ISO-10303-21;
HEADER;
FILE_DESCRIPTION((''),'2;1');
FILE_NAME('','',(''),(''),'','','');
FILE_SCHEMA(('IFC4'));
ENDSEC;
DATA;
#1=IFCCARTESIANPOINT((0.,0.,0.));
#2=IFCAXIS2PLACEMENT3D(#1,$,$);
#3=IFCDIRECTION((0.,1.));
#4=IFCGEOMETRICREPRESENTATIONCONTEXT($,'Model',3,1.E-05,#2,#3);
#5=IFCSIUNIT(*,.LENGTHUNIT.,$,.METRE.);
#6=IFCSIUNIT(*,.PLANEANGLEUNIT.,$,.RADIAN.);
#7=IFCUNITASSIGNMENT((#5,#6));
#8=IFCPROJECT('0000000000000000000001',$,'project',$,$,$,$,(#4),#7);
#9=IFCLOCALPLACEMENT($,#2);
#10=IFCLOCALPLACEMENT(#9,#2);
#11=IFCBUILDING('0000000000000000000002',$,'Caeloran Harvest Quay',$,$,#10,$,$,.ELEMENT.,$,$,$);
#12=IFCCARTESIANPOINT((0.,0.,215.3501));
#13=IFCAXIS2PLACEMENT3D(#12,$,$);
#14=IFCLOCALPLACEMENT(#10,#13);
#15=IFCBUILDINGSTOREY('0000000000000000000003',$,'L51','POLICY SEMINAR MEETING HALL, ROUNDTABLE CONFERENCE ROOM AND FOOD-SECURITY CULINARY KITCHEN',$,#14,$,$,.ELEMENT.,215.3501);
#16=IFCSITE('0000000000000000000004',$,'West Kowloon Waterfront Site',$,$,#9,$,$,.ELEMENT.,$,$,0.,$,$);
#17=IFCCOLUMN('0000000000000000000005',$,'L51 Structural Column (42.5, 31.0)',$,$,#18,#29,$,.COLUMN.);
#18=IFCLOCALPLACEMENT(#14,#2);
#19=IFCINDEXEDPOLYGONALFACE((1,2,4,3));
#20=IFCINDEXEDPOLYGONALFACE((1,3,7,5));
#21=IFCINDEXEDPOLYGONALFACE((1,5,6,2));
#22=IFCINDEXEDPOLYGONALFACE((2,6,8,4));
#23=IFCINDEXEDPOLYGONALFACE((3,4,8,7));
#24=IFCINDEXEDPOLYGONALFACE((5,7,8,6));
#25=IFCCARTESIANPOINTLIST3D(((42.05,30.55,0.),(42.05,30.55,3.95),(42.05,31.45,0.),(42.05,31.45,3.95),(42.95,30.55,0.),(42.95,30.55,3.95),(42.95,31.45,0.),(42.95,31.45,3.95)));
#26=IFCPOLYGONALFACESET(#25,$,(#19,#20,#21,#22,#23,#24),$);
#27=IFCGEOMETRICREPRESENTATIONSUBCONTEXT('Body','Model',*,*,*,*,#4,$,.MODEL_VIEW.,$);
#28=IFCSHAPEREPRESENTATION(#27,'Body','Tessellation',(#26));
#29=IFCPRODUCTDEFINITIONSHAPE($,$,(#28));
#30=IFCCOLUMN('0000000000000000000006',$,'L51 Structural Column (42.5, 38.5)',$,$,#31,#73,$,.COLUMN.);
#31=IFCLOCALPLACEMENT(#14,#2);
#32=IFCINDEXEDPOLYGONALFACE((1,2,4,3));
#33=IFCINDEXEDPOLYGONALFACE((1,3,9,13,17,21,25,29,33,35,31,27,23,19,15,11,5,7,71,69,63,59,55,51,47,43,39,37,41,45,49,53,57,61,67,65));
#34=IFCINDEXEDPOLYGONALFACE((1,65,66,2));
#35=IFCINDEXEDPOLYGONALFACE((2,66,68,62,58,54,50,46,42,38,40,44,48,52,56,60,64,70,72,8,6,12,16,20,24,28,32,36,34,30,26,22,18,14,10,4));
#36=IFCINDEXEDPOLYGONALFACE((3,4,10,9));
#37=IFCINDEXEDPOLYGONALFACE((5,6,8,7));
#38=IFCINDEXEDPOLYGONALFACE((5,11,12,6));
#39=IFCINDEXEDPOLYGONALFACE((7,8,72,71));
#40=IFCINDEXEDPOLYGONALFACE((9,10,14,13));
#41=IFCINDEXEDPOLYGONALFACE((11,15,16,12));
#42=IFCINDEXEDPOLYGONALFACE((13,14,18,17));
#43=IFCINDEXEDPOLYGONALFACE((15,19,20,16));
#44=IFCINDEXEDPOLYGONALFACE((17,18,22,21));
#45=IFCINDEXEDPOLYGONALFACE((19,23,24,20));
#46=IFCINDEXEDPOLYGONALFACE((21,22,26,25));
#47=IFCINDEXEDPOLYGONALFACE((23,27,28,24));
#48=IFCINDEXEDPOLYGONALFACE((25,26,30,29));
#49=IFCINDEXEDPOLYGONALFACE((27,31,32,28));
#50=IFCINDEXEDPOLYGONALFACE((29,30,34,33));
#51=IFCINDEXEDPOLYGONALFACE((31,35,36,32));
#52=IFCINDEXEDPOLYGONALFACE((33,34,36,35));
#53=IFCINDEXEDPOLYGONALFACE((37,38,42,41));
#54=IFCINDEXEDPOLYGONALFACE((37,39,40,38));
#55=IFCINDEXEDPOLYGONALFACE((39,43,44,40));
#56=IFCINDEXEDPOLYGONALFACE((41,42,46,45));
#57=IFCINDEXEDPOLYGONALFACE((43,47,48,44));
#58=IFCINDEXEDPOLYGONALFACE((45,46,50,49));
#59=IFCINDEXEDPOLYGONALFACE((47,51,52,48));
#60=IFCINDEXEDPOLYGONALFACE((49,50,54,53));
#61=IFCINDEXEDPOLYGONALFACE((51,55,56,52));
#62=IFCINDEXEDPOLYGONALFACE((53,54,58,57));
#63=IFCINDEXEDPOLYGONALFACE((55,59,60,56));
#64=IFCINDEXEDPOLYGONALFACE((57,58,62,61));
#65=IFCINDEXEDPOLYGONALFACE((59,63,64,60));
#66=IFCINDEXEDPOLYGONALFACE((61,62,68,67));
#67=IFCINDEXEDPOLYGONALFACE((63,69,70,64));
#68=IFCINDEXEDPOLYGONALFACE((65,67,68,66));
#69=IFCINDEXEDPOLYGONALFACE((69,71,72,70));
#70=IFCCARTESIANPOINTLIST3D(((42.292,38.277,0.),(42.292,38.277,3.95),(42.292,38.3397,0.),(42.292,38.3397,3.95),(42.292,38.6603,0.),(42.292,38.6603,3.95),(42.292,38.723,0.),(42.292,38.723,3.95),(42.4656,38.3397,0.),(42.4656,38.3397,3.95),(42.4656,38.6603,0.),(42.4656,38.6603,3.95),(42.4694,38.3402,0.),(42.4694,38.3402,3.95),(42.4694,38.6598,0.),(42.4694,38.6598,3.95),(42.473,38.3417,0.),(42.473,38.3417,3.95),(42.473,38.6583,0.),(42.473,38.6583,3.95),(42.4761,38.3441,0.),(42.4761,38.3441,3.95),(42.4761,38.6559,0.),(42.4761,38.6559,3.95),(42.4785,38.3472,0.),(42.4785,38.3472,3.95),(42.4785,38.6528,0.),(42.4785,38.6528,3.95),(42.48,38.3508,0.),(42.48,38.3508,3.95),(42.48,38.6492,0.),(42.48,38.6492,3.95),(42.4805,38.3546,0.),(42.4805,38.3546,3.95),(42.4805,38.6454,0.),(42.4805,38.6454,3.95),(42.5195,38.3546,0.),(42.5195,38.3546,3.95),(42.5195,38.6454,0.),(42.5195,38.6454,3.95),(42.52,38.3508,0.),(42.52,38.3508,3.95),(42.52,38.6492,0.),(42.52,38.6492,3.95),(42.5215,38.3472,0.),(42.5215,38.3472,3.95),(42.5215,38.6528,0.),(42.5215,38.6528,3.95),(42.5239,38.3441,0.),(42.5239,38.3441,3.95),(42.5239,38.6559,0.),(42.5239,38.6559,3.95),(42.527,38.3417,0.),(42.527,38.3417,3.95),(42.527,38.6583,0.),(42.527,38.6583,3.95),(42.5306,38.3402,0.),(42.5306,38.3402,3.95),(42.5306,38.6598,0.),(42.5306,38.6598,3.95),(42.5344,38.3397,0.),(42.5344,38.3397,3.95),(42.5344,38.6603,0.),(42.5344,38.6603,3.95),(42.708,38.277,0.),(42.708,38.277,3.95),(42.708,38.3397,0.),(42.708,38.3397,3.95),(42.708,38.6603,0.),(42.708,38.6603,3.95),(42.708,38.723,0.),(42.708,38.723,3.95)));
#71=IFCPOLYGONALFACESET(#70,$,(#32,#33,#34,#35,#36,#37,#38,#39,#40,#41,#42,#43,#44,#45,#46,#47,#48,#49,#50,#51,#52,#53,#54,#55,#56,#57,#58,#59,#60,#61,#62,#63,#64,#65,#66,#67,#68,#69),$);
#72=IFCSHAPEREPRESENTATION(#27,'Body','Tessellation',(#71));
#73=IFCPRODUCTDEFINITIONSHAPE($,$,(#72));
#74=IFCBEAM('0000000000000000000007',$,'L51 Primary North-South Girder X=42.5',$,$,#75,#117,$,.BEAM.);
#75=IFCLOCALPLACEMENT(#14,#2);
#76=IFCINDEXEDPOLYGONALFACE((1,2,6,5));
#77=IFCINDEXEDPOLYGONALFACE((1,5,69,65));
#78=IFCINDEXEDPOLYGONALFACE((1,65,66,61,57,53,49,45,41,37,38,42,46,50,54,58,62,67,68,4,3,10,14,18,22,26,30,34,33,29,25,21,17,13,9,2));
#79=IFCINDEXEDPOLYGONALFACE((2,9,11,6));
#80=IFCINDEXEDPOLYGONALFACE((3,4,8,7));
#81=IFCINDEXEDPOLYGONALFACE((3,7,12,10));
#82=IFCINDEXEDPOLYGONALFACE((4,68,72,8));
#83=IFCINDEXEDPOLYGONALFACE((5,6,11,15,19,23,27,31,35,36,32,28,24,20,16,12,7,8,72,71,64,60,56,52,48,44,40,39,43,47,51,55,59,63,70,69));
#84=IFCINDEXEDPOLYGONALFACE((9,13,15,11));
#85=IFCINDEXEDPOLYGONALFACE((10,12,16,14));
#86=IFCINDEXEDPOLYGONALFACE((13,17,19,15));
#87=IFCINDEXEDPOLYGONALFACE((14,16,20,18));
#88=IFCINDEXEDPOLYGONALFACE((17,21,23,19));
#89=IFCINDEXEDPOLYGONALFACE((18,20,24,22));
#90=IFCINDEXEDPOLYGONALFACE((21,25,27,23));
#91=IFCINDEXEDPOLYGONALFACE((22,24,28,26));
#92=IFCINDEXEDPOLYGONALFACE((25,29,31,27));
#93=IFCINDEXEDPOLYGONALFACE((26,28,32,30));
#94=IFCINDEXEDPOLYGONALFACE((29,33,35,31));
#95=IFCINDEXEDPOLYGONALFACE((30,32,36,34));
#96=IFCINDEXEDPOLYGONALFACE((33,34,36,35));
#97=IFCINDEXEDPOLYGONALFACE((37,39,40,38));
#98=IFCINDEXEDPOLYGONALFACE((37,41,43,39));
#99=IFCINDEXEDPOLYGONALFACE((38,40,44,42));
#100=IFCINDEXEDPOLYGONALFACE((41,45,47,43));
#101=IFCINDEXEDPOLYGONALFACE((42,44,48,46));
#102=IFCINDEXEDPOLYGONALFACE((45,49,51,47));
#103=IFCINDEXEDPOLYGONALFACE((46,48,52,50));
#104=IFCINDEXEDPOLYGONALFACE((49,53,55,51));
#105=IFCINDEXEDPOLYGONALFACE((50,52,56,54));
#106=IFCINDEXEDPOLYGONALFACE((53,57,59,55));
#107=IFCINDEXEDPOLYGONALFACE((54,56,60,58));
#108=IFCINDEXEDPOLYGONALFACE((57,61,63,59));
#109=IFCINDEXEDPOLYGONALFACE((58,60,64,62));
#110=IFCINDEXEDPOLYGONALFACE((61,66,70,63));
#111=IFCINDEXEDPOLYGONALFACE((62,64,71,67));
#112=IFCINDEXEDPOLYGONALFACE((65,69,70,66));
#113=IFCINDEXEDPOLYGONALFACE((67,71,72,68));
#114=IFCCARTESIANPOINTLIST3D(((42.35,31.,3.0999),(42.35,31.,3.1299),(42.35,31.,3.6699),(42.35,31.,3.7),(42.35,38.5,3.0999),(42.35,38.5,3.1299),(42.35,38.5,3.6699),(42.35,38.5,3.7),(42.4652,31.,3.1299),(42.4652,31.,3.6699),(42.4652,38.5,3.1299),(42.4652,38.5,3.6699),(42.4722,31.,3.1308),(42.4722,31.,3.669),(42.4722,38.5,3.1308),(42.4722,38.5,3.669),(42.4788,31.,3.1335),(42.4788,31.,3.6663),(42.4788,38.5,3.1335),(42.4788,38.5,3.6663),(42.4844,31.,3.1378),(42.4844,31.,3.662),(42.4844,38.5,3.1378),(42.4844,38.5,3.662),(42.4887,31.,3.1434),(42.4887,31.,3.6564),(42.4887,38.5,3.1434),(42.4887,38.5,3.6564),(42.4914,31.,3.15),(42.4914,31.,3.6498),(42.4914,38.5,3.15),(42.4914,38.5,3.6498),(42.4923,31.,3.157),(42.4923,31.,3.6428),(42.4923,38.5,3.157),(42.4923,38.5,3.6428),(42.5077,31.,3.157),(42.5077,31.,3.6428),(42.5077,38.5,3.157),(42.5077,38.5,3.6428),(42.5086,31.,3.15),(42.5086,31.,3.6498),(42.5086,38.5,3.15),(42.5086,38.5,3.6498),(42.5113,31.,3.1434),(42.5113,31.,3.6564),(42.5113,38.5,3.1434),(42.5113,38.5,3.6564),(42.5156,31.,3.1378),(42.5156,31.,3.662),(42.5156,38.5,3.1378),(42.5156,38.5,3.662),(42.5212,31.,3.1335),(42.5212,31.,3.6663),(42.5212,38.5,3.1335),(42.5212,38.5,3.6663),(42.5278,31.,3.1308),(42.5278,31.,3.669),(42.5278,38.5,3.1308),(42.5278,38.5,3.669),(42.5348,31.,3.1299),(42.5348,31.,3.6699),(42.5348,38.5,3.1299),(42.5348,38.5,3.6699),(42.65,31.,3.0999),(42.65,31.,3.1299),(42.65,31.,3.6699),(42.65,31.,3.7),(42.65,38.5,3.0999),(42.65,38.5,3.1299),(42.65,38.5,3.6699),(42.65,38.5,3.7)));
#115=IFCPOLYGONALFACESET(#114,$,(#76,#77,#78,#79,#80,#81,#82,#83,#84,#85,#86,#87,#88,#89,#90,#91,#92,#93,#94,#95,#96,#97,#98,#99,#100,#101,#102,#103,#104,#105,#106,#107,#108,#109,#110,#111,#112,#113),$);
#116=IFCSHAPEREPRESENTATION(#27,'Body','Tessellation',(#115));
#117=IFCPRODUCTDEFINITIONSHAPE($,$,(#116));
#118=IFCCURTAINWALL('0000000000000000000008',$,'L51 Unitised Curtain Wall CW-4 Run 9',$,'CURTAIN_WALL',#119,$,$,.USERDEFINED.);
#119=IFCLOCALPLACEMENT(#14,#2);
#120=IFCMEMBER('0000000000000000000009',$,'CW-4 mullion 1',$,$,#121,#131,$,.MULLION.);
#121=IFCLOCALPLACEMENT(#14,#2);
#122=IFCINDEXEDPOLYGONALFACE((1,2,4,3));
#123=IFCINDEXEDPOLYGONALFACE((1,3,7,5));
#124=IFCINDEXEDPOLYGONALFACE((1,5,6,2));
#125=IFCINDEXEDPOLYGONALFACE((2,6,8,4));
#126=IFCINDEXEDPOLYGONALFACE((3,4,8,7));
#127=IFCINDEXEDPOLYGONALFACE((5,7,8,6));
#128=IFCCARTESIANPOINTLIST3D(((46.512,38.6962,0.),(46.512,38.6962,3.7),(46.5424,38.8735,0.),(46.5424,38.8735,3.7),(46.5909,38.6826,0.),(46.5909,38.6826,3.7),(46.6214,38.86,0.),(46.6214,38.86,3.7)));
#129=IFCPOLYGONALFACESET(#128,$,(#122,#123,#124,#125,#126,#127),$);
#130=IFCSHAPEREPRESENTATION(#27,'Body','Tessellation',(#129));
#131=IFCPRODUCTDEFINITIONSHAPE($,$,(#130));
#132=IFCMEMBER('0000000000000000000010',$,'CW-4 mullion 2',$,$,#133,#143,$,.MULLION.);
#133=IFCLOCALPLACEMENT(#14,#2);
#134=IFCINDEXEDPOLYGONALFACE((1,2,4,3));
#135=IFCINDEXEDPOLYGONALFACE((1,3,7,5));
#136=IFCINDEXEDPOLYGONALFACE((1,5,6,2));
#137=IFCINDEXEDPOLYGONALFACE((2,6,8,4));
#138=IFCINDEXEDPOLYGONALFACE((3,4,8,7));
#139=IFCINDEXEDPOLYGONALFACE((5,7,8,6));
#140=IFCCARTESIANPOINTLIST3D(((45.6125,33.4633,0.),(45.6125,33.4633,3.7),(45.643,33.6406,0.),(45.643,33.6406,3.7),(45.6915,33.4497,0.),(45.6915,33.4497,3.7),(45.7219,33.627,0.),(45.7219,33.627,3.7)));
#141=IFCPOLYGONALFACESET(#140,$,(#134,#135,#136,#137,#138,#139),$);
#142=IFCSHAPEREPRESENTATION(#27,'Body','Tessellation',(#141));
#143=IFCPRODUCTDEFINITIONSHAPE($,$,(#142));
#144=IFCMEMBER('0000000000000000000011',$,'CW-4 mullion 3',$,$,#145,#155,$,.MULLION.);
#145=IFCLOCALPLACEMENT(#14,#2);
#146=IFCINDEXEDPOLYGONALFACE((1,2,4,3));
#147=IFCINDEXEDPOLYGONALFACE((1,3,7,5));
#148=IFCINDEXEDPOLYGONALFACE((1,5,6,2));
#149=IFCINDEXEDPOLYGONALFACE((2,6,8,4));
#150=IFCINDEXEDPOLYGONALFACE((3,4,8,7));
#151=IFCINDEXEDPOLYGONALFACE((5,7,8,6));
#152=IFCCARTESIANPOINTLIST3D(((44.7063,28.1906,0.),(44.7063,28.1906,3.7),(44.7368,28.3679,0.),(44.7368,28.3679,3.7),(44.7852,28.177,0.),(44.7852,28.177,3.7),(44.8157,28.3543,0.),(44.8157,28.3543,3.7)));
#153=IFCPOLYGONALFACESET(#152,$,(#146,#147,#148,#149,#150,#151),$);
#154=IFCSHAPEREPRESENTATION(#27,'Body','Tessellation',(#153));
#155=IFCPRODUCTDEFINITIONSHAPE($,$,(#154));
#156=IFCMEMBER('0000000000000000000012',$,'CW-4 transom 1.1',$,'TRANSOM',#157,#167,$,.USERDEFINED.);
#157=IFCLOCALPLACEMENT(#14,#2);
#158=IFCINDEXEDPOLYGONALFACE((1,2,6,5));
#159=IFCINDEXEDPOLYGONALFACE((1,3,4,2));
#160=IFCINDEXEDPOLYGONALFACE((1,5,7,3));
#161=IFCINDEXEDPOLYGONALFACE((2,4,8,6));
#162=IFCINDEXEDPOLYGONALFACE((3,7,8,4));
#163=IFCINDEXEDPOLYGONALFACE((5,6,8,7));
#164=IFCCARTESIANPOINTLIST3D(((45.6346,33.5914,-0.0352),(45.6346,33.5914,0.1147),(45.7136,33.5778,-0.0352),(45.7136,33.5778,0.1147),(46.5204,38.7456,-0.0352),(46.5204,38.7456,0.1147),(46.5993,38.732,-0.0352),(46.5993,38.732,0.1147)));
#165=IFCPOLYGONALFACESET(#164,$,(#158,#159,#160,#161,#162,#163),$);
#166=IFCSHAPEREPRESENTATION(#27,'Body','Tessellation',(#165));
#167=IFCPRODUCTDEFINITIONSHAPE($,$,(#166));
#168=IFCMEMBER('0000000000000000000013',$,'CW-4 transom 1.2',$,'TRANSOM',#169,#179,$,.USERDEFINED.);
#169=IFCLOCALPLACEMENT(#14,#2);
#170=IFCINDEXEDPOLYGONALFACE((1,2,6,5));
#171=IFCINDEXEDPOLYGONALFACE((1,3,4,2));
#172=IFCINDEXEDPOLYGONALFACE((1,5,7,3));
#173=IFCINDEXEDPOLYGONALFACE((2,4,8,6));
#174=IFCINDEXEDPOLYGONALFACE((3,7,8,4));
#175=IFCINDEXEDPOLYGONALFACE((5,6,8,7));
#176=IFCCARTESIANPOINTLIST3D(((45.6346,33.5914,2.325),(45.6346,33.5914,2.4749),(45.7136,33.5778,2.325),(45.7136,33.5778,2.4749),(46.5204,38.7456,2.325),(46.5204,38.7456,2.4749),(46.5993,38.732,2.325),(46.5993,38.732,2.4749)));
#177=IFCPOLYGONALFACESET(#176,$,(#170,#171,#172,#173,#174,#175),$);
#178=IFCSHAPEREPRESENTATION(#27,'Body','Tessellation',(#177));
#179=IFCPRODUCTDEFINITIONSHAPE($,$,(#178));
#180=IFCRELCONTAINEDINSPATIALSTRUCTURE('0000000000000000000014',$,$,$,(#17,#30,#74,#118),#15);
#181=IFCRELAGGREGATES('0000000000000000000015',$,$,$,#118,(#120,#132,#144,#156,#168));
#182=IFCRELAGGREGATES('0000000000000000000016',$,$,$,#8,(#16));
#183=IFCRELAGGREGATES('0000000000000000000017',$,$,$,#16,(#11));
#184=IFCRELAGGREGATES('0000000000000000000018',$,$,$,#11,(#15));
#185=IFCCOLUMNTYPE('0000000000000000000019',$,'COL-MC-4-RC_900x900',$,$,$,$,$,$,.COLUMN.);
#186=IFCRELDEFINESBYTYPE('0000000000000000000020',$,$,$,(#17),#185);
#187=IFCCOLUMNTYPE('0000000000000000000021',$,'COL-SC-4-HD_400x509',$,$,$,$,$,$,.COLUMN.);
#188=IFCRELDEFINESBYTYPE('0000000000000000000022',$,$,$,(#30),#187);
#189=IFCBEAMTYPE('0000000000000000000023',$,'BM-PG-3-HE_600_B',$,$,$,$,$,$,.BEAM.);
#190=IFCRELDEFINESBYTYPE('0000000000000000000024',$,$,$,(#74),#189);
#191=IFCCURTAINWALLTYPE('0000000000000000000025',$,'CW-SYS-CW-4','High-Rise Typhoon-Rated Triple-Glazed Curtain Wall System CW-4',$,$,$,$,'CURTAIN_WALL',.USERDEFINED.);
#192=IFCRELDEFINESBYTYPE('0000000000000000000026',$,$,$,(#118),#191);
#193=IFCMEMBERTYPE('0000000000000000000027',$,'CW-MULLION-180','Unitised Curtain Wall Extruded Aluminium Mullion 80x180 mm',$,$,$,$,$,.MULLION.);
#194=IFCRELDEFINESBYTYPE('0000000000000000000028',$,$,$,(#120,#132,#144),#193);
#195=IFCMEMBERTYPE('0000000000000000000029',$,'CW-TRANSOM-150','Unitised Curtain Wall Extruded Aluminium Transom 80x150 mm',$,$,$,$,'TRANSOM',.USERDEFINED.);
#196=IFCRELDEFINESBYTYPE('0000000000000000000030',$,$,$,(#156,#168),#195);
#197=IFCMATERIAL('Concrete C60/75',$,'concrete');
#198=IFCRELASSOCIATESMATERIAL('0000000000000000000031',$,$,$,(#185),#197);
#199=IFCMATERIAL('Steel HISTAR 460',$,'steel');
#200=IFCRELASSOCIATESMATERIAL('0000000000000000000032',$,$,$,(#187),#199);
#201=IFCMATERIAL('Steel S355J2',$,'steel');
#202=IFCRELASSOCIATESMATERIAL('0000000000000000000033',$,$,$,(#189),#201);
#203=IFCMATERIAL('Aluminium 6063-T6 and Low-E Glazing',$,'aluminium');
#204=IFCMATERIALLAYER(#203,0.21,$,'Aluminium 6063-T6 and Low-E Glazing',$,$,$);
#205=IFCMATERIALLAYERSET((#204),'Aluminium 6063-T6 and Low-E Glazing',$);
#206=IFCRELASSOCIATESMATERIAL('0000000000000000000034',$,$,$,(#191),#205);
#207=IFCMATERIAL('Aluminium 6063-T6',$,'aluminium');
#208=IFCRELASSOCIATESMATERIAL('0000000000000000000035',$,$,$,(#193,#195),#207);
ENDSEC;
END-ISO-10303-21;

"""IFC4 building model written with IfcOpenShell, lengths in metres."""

from ifc_helpers import new_model, si_unit, direction, frame, origin, origin_2d, place, context, subcontext, project, spatial, rectangle, i_section, extrude, material, layer, layer_set, material_profile, profile_set, type_object, element, aggregate, save


model = new_model("IFC4")

# Units and contexts
model_context = context("Model", 3, precision=1e-05, world=origin(), true_north=direction((0.0, 1.0)))
body_context = subcontext(model_context, "Body", "Model", "MODEL_VIEW")
ifc_project = project(units=[si_unit("LENGTHUNIT", "METRE"), si_unit("PLANEANGLEUNIT", "RADIAN")], contexts=[model_context])

# Site, building, storey
site_placement = place(None, origin())
site = spatial("IfcSite", under=ifc_project, at=site_placement, Name="West Kowloon Waterfront Site", CompositionType="ELEMENT", RefElevation=0.0)
building_placement = place(site_placement, origin())
building = spatial("IfcBuilding", under=site, at=building_placement, Name="Caeloran Harvest Quay", CompositionType="ELEMENT")
storey_placement = place(building_placement, frame((0.0, 0.0, 215.3501)))
storey = spatial("IfcBuildingStorey", under=building, at=storey_placement, Name="L51", Description="POLICY SEMINAR MEETING HALL, ROUNDTABLE CONFERENCE ROOM AND FOOD-SECURITY CULINARY KITCHEN", CompositionType="ELEMENT", Elevation=215.3501)

# Columns
ifc_material_1 = material(Name="Concrete C60/75", Category="concrete")
ifc_material_profile_1 = material_profile(ifc_material_1, rectangle(XDim=0.8999, YDim=0.8999, at=origin_2d()), Name="RC 900x900")
ifc_profile_set_1 = profile_set([ifc_material_profile_1], Name="Concrete C60/75")
column_type_1 = type_object("IfcColumnType", Name="COL-MC-4-RC_900x900", PredefinedType="COLUMN", material=ifc_profile_set_1)
column_1_placement = place(storey_placement, frame((42.5, 31.0, 0.0), z_axis=(0.0, 0.0, 1.0), x_axis=(1.0, 0.0, 0.0)))
element("IfcColumn", 1, at=column_1_placement, inside=storey, type_object=column_type_1, Name="L51 Structural Column (42.5, 31.0)", PredefinedType="COLUMN", context=body_context, shape_type="SweptSolid", body=[
    extrude(rectangle(XDim=0.8999, YDim=0.8999, at=origin_2d()), origin(), (0.0, 0.0, 1.0), 3.95),
])
ifc_material_2 = material(Name="Steel HISTAR 460", Category="steel")
ifc_material_profile_2 = material_profile(ifc_material_2, i_section(OverallWidth=0.416, OverallDepth=0.446, WebThickness=0.0391, FlangeThickness=0.0627, FilletRadius=0.0149, at=origin_2d()), Name="HD 400x509")
ifc_profile_set_2 = profile_set([ifc_material_profile_2], Name="Steel HISTAR 460")
column_type_2 = type_object("IfcColumnType", Name="COL-SC-4-HD_400x509", PredefinedType="COLUMN", material=ifc_profile_set_2)
column_2_placement = place(storey_placement, frame((42.5, 38.5, 0.0), z_axis=(0.0, 0.0, 1.0), x_axis=(1.0, 0.0, 0.0)))
element("IfcColumn", 2, at=column_2_placement, inside=storey, type_object=column_type_2, Name="L51 Structural Column (42.5, 38.5)", PredefinedType="COLUMN", context=body_context, shape_type="SweptSolid", body=[
    extrude(i_section(OverallWidth=0.416, OverallDepth=0.446, WebThickness=0.0391, FlangeThickness=0.0627, FilletRadius=0.0149, at=origin_2d()), origin(), (0.0, 0.0, 1.0), 3.95),
])

# Beam
ifc_material_3 = material(Name="Steel S355J2", Category="steel")
ifc_material_profile_3 = material_profile(ifc_material_3, i_section(OverallWidth=0.3, OverallDepth=0.6001, WebThickness=0.0154, FlangeThickness=0.03, FilletRadius=0.0271, at=origin_2d()), Name="HE 600 B")
ifc_profile_set_3 = profile_set([ifc_material_profile_3], Name="Steel S355J2")
beam_type = type_object("IfcBeamType", Name="BM-PG-3-HE_600_B", PredefinedType="BEAM", material=ifc_profile_set_3)
beam_placement = place(storey_placement, frame((42.5, 31.0, 3.3999), z_axis=(0.0, 1.0, 0.0), x_axis=(-1.0, 0.0, 0.0)))
element("IfcBeam", 3, at=beam_placement, inside=storey, type_object=beam_type, Name="L51 Primary North-South Girder X=42.5", PredefinedType="BEAM", context=body_context, shape_type="SweptSolid", body=[
    extrude(i_section(OverallWidth=0.3, OverallDepth=0.6001, WebThickness=0.0154, FlangeThickness=0.03, FilletRadius=0.0271, at=origin_2d()), origin(), (0.0, 0.0, 1.0), 7.5),
])

# Curtain wall, members
ifc_material_4 = material(Name="Aluminium 6063-T6 and Low-E Glazing", Category="aluminium")
ifc_layer_1 = layer(ifc_material_4, 0.21, Name="Aluminium 6063-T6 and Low-E Glazing")
ifc_layer_set_1 = layer_set([ifc_layer_1], Name="Aluminium 6063-T6 and Low-E Glazing")
curtain_wall_type = type_object("IfcCurtainWallType", Name="CW-SYS-CW-4", Description="High-Rise Typhoon-Rated Triple-Glazed Curtain Wall System CW-4", ElementType="CURTAIN_WALL", PredefinedType="USERDEFINED", material=ifc_layer_set_1)
curtain_wall_placement = place(storey_placement, origin())
curtain_wall = element("IfcCurtainWall", 4, at=curtain_wall_placement, inside=storey, type_object=curtain_wall_type, Name="L51 Unitised Curtain Wall CW-4 Run 9", ObjectType="CURTAIN_WALL", PredefinedType="USERDEFINED")
ifc_material_5 = material(Name="Aluminium 6063-T6", Category="aluminium")
ifc_material_profile_4 = material_profile(ifc_material_5, rectangle(XDim=0.0801, YDim=0.1799, at=origin_2d()), Name="CW-MULLION-180")
ifc_profile_set_4 = profile_set([ifc_material_profile_4], Name="Aluminium 6063-T6")
member_type_1 = type_object("IfcMemberType", Name="CW-MULLION-180", Description="Unitised Curtain Wall Extruded Aluminium Mullion 80x180 mm", PredefinedType="MULLION", material=ifc_profile_set_4)
member_1_placement = place(storey_placement, frame((46.5667, 38.7781, 0.0), z_axis=(0.0, 0.0, 1.0), x_axis=(0.985549, -0.169391, 0.0)))
member_1 = element("IfcMember", 5, at=member_1_placement, type_object=member_type_1, Name="CW-4 mullion 1", PredefinedType="MULLION", context=body_context, shape_type="SweptSolid", body=[
    extrude(rectangle(XDim=0.0801, YDim=0.1799, at=origin_2d()), origin(), (0.0, 0.0, 1.0), 3.7),
])
member_2_placement = place(storey_placement, frame((45.6672, 33.5452, 0.0), z_axis=(0.0, 0.0, 1.0), x_axis=(0.985549, -0.169391, 0.0)))
member_2 = element("IfcMember", 6, at=member_2_placement, type_object=member_type_1, Name="CW-4 mullion 2", PredefinedType="MULLION", context=body_context, shape_type="SweptSolid", body=[
    extrude(rectangle(XDim=0.0801, YDim=0.1799, at=origin_2d()), origin(), (0.0, 0.0, 1.0), 3.7),
])
member_3_placement = place(storey_placement, frame((44.761, 28.2725, 0.0), z_axis=(0.0, 0.0, 1.0), x_axis=(0.985549, -0.169391, 0.0)))
member_3 = element("IfcMember", 7, at=member_3_placement, type_object=member_type_1, Name="CW-4 mullion 3", PredefinedType="MULLION", context=body_context, shape_type="SweptSolid", body=[
    extrude(rectangle(XDim=0.0801, YDim=0.1799, at=origin_2d()), origin(), (0.0, 0.0, 1.0), 3.7),
])
ifc_material_profile_5 = material_profile(ifc_material_5, rectangle(XDim=0.0801, YDim=0.1499, at=origin_2d()), Name="CW-TRANSOM-150")
ifc_profile_set_5 = profile_set([ifc_material_profile_5], Name="Aluminium 6063-T6")
member_type_2 = type_object("IfcMemberType", Name="CW-TRANSOM-150", Description="Unitised Curtain Wall Extruded Aluminium Transom 80x150 mm", ElementType="TRANSOM", PredefinedType="USERDEFINED", material=ifc_profile_set_5)
member_4_placement = place(storey_placement, frame((46.5598, 38.7388, 0.0398), z_axis=(-0.169363, -0.985554, 0.0), x_axis=(0.985554, -0.169363, 0.0)))
member_4 = element("IfcMember", 8, at=member_4_placement, type_object=member_type_2, Name="CW-4 transom 1.1", ObjectType="TRANSOM", PredefinedType="USERDEFINED", context=body_context, shape_type="SweptSolid", body=[
    extrude(rectangle(XDim=0.0801, YDim=0.1499, at=origin_2d()), origin(), (0.0, 0.0, 1.0), 5.2297),
])
member_5_placement = place(storey_placement, frame((46.5598, 38.7388, 2.3999), z_axis=(-0.169363, -0.985554, 0.0), x_axis=(0.985554, -0.169363, 0.0)))
member_5 = element("IfcMember", 9, at=member_5_placement, type_object=member_type_2, Name="CW-4 transom 1.2", ObjectType="TRANSOM", PredefinedType="USERDEFINED", context=body_context, shape_type="SweptSolid", body=[
    extrude(rectangle(XDim=0.0801, YDim=0.1499, at=origin_2d()), origin(), (0.0, 0.0, 1.0), 5.2297),
])
aggregate(curtain_wall, [member_1, member_2, member_3, member_4, member_5])

save(model, "model.ifc")
